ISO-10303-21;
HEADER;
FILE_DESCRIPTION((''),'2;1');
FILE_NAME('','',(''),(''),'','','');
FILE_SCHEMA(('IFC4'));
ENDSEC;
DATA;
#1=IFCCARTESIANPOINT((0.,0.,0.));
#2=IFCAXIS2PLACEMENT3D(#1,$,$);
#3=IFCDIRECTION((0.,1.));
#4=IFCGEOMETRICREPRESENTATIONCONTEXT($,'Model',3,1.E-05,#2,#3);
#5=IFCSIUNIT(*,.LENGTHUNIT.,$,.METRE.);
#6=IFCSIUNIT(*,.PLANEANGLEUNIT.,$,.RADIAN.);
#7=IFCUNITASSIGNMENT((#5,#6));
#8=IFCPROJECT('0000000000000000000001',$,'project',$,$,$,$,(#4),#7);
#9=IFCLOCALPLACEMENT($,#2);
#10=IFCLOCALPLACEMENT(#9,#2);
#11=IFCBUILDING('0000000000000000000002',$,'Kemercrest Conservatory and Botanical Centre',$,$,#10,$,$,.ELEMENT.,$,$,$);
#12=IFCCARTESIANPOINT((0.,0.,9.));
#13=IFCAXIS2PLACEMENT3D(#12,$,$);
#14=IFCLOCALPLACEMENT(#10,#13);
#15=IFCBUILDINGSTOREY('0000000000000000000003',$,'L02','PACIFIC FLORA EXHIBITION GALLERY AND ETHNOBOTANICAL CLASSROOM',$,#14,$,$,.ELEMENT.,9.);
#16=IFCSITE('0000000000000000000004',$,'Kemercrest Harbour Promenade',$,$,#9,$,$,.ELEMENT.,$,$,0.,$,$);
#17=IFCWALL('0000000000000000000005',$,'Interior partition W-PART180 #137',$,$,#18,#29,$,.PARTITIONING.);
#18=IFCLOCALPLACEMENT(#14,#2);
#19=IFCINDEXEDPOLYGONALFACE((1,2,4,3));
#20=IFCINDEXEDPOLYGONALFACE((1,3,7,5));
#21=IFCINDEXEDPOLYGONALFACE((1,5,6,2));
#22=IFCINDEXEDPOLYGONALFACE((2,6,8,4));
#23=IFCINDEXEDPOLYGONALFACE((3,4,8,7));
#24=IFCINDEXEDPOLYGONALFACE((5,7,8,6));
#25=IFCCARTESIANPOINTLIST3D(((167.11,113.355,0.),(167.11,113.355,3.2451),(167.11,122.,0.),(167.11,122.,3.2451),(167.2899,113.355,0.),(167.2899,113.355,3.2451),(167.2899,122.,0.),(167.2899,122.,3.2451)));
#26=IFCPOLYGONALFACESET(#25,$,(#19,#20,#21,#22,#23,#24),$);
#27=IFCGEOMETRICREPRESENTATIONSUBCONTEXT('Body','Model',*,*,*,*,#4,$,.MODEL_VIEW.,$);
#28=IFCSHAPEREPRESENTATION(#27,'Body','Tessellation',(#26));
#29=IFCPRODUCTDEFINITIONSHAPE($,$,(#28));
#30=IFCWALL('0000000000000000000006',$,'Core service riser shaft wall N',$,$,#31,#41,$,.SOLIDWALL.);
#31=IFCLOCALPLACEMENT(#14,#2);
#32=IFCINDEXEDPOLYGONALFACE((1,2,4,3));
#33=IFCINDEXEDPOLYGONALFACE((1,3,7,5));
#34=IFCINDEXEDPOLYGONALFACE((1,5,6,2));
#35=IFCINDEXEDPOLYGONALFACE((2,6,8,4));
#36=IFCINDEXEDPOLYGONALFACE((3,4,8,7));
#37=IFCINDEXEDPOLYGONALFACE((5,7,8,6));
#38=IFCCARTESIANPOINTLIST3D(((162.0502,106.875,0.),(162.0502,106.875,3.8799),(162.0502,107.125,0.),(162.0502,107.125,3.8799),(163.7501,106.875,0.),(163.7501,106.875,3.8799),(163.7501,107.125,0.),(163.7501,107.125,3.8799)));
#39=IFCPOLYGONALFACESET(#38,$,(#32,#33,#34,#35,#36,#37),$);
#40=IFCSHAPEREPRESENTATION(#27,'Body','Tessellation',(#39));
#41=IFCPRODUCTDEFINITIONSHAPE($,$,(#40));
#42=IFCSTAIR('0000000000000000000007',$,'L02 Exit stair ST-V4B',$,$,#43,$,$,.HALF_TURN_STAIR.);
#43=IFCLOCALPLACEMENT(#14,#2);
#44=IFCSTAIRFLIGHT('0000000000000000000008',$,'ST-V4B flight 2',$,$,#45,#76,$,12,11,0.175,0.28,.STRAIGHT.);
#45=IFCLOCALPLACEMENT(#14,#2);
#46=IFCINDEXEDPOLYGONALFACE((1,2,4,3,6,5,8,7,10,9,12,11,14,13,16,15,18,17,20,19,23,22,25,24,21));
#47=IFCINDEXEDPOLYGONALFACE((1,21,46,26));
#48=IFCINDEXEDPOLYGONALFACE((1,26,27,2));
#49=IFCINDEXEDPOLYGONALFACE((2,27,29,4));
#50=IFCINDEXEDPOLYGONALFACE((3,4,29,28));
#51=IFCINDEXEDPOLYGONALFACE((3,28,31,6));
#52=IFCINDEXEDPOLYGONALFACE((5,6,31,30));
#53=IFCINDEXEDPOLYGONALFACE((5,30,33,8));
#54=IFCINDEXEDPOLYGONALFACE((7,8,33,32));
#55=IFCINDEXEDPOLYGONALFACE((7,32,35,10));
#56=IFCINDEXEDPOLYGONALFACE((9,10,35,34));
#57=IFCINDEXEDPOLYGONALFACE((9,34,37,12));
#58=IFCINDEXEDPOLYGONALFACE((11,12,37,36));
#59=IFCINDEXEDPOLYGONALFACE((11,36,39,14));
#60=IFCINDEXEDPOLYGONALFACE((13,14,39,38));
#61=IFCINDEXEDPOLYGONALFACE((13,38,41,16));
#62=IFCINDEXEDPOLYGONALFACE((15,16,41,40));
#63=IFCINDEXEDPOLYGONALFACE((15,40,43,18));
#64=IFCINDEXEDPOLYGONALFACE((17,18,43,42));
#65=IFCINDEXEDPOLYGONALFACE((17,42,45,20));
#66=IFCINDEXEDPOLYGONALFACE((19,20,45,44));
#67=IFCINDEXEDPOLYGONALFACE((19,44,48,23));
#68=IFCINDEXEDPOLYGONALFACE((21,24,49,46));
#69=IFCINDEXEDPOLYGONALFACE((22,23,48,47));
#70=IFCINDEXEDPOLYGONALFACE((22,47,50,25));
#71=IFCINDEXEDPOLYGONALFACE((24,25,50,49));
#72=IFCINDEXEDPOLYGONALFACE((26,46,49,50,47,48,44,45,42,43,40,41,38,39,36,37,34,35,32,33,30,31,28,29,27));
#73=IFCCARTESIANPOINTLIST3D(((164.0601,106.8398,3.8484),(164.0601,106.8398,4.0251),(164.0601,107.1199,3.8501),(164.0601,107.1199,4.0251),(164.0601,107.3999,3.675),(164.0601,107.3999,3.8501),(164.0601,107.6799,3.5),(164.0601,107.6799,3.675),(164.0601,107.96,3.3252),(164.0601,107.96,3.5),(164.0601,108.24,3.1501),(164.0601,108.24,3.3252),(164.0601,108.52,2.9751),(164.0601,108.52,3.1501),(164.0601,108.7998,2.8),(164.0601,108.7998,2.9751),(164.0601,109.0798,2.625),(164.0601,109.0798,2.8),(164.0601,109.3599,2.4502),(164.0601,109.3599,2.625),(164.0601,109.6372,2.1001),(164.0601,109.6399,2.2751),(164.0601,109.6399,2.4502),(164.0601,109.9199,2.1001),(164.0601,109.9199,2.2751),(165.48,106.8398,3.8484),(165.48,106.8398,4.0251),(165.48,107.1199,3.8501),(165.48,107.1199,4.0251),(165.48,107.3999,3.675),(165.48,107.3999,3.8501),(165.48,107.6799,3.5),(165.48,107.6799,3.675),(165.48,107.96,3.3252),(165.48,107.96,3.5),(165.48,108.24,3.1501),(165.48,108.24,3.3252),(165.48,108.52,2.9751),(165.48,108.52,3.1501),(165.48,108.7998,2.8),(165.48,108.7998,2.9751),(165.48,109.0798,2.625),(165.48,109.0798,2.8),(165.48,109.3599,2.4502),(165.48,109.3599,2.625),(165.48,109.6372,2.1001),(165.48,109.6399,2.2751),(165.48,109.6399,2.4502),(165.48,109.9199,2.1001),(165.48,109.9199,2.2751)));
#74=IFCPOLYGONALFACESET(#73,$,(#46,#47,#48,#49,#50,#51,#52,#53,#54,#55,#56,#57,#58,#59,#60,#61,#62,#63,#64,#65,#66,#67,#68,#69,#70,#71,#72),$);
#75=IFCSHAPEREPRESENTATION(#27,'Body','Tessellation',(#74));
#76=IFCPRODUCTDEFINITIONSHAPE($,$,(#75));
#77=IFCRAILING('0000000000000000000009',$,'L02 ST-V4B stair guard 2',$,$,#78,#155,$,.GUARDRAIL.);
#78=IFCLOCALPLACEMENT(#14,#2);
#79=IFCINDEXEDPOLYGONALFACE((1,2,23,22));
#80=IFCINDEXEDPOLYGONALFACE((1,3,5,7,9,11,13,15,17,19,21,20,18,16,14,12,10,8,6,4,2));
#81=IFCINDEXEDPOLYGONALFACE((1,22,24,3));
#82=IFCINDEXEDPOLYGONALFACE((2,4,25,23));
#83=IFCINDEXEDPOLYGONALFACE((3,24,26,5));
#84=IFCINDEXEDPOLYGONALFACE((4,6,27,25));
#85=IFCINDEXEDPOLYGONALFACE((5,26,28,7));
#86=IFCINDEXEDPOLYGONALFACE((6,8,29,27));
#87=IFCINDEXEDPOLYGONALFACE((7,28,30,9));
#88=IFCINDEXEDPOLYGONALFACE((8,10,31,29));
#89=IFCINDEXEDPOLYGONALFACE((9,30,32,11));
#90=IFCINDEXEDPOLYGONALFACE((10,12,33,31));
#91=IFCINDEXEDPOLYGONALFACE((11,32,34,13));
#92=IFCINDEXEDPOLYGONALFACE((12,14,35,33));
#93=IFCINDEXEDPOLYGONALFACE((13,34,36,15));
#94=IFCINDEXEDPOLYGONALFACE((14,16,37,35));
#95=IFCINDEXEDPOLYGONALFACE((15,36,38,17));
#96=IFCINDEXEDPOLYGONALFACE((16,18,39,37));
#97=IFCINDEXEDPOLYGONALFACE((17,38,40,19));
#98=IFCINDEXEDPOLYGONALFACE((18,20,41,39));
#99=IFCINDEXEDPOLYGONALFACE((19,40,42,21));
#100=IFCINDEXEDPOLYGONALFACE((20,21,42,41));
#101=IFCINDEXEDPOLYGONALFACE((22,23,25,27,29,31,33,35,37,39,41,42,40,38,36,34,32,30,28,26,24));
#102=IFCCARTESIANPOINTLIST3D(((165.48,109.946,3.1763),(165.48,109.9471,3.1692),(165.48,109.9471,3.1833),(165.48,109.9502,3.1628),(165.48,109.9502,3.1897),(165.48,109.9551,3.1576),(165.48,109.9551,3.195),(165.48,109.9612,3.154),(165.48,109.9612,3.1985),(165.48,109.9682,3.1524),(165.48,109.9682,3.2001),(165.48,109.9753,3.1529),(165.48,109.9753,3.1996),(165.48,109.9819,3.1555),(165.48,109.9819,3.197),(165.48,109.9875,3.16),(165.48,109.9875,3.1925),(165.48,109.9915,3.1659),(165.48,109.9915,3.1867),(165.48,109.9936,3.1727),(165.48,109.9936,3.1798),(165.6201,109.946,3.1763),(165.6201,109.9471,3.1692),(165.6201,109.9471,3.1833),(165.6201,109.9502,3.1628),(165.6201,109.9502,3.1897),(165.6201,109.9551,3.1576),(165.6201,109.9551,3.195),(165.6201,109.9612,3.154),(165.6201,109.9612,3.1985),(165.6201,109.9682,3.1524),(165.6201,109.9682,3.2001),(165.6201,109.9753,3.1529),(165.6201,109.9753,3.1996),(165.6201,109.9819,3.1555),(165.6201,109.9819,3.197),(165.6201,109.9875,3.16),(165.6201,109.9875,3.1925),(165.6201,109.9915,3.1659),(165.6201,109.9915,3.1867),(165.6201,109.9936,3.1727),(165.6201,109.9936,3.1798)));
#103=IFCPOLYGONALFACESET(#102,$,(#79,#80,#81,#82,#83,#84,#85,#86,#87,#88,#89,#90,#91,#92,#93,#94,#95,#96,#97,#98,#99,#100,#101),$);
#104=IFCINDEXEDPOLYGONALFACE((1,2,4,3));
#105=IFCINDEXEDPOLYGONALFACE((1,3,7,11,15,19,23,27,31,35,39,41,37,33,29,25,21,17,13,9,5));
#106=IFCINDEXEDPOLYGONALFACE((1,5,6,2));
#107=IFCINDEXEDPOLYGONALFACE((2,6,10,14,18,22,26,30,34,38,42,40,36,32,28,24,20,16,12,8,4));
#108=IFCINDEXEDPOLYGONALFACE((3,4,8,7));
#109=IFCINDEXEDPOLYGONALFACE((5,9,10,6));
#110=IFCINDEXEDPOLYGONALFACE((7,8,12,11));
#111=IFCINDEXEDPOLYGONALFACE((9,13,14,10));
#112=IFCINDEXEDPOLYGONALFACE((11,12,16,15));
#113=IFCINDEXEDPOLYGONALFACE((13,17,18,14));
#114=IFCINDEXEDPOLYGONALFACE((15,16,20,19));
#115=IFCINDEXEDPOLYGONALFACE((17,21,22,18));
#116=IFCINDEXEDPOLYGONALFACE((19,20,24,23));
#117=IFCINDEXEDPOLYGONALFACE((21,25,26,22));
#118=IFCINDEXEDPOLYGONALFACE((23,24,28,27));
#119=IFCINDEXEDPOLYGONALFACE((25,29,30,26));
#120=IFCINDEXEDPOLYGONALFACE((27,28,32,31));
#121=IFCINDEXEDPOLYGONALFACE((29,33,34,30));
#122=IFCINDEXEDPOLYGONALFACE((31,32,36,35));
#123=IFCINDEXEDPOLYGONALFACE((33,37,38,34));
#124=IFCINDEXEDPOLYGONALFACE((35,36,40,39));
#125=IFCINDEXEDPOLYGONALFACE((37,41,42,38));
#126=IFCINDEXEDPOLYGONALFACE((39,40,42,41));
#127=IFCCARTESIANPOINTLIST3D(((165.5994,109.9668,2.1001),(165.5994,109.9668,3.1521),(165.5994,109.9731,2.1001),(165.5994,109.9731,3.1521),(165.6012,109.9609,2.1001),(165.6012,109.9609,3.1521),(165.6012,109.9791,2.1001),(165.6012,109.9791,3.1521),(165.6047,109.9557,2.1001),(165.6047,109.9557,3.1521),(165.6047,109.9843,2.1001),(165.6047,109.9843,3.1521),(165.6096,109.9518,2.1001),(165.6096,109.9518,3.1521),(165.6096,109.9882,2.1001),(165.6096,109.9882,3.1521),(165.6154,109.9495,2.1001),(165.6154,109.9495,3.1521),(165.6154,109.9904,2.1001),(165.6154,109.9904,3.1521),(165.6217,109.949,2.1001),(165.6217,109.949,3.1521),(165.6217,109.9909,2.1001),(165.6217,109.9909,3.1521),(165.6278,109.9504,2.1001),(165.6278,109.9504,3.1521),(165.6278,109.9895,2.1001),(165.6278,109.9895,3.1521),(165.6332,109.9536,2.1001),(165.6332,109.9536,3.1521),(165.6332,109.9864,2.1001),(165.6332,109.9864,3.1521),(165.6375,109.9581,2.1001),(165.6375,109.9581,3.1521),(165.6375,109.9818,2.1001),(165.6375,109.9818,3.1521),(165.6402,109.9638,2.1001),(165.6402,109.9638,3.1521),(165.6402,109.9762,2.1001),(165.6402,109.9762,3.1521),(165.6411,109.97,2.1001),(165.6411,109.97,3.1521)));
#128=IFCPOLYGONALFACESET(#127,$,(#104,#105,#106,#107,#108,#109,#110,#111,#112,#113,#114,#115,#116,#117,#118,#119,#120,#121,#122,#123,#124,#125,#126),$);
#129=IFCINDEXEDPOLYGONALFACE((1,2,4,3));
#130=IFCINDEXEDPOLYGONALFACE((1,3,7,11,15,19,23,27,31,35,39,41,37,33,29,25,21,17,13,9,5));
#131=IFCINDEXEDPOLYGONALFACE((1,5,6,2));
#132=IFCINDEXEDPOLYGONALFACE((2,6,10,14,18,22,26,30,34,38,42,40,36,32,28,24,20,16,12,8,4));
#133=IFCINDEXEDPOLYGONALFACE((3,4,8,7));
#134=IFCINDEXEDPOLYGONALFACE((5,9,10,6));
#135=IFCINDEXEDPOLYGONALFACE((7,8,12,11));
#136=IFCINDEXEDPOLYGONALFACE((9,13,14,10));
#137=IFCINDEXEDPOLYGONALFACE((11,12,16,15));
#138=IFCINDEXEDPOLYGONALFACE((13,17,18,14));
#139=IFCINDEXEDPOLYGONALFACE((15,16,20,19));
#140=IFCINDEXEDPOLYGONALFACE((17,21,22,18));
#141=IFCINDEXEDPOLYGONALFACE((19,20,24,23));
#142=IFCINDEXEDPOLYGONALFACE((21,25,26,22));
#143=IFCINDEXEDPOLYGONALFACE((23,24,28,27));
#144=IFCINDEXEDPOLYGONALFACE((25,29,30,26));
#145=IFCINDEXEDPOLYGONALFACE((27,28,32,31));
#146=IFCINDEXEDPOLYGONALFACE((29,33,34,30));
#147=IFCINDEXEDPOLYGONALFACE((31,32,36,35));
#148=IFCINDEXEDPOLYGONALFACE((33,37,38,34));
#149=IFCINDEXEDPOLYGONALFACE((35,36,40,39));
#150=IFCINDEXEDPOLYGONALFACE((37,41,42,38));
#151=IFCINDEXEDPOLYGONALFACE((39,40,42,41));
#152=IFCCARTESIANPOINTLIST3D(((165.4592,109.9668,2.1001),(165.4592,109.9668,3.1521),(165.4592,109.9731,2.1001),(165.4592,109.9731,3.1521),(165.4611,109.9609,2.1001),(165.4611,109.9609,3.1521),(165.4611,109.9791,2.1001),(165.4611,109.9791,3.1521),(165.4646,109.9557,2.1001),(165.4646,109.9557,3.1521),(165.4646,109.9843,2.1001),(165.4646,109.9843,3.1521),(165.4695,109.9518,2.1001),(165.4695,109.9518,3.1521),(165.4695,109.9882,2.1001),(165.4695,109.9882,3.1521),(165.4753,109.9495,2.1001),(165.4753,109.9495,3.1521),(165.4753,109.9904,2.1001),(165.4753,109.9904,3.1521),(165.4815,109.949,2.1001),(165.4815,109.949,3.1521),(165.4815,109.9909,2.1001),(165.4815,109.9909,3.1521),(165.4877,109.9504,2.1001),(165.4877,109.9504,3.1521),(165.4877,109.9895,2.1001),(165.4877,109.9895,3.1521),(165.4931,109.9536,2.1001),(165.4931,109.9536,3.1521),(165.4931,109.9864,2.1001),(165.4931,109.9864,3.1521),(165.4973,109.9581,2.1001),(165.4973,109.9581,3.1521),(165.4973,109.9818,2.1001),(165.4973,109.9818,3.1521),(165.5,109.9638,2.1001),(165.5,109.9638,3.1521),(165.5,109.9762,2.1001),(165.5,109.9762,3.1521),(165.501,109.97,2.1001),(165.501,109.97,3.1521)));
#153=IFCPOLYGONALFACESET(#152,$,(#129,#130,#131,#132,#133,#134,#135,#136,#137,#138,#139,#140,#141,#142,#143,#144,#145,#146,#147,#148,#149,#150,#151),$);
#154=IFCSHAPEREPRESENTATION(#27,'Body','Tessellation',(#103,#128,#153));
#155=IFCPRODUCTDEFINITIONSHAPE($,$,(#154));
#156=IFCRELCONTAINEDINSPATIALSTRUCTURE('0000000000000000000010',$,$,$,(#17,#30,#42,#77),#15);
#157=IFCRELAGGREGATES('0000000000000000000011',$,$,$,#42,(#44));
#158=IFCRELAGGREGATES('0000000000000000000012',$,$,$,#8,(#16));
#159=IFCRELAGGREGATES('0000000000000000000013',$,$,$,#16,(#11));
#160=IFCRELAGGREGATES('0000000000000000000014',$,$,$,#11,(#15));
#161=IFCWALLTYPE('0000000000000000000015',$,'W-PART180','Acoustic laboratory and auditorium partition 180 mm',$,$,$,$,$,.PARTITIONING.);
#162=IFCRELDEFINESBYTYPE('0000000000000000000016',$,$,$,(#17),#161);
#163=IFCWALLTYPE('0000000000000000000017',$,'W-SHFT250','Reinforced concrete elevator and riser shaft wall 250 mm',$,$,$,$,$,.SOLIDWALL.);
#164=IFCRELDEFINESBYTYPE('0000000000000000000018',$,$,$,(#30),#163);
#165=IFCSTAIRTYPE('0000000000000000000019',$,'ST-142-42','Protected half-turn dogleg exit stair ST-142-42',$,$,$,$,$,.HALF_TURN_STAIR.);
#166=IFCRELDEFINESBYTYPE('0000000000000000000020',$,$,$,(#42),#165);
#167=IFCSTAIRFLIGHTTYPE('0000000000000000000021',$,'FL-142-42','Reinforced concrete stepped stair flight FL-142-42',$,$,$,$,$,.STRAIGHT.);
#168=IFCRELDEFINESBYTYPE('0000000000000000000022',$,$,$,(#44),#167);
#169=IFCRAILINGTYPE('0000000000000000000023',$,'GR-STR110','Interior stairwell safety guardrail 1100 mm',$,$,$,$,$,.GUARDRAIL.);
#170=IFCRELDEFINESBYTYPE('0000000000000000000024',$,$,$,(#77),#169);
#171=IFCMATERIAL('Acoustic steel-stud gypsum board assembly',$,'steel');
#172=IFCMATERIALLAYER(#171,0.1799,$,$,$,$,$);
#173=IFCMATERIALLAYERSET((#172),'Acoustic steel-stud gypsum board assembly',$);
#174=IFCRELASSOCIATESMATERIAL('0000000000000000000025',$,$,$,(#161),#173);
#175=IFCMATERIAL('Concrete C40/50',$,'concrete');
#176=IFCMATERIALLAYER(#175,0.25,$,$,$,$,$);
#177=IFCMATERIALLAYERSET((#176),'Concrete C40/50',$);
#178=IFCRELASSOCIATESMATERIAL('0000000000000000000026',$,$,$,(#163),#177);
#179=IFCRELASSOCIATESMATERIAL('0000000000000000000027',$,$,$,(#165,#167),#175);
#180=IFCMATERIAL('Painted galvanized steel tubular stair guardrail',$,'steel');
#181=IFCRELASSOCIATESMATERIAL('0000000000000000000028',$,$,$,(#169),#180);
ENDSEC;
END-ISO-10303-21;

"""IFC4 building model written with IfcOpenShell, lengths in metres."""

from ifc_helpers import new_model, si_unit, direction, frame, frame_2d, origin, origin_2d, place, context, subcontext, project, spatial, polyline, rectangle, circle, outline, extrude, material, layer, layer_set, type_object, element, aggregate, save


model = new_model("IFC4")

# Units and contexts
model_context = context("Model", 3, precision=1e-05, world=origin(), true_north=direction((0.0, 1.0)))
body_context = subcontext(model_context, "Body", "Model", "MODEL_VIEW")
ifc_project = project(units=[si_unit("LENGTHUNIT", "METRE"), si_unit("PLANEANGLEUNIT", "RADIAN")], contexts=[model_context])

# Site, building, storey
site_placement = place(None, origin())
site = spatial("IfcSite", under=ifc_project, at=site_placement, Name="Kemercrest Harbour Promenade", CompositionType="ELEMENT", RefElevation=0.0)
building_placement = place(site_placement, origin())
building = spatial("IfcBuilding", under=site, at=building_placement, Name="Kemercrest Conservatory and Botanical Centre", CompositionType="ELEMENT")
storey_placement = place(building_placement, frame((0.0, 0.0, 9.0)))
storey = spatial("IfcBuildingStorey", under=building, at=storey_placement, Name="L02", Description="PACIFIC FLORA EXHIBITION GALLERY AND ETHNOBOTANICAL CLASSROOM", CompositionType="ELEMENT", Elevation=9.0)

# Shared definitions
ifc_material_1 = material(Name="Concrete C40/50", Category="concrete")

# Walls
ifc_material_2 = material(Name="Acoustic steel-stud gypsum board assembly", Category="steel")
ifc_layer_1 = layer(ifc_material_2, 0.1799)
ifc_layer_set_1 = layer_set([ifc_layer_1], Name="Acoustic steel-stud gypsum board assembly")
wall_type_1 = type_object("IfcWallType", Name="W-PART180", Description="Acoustic laboratory and auditorium partition 180 mm", PredefinedType="PARTITIONING", material=ifc_layer_set_1)
wall_1_placement = place(storey_placement, frame((167.2, 113.355, 0.0), z_axis=(0.0, 0.0, 1.0), x_axis=(0.0, 1.0, 0.0)))
element("IfcWall", 1, at=wall_1_placement, inside=storey, type_object=wall_type_1, Name="Interior partition W-PART180 #137", PredefinedType="PARTITIONING", context=body_context, shape_type="SweptSolid", body=[
    extrude(rectangle(XDim=8.645, YDim=0.1799, at=frame_2d((4.3225, 0.0))), origin(), (0.0, 0.0, 1.0), 3.2451),
])
ifc_layer_2 = layer(ifc_material_1, 0.25)
ifc_layer_set_2 = layer_set([ifc_layer_2], Name="Concrete C40/50")
wall_type_2 = type_object("IfcWallType", Name="W-SHFT250", Description="Reinforced concrete elevator and riser shaft wall 250 mm", PredefinedType="SOLIDWALL", material=ifc_layer_set_2)
wall_2_placement = place(storey_placement, frame((162.05, 107.0, 0.0), z_axis=(0.0, 0.0, 1.0), x_axis=(1.0, 0.0, 0.0)))
element("IfcWall", 2, at=wall_2_placement, inside=storey, type_object=wall_type_2, Name="Core service riser shaft wall N", PredefinedType="SOLIDWALL", context=body_context, shape_type="SweptSolid", body=[
    extrude(rectangle(XDim=1.7, YDim=0.25, at=frame_2d((0.8501, 0.0))), origin(), (0.0, 0.0, 1.0), 3.8799),
])

# Stair, stair flight
stair_type = type_object("IfcStairType", Name="ST-142-42", Description="Protected half-turn dogleg exit stair ST-142-42", PredefinedType="HALF_TURN_STAIR", material=ifc_material_1)
stair_placement = place(storey_placement, origin())
stair = element("IfcStair", 3, at=stair_placement, inside=storey, type_object=stair_type, Name="L02 Exit stair ST-V4B", PredefinedType="HALF_TURN_STAIR")
stair_flight_type = type_object("IfcStairFlightType", Name="FL-142-42", Description="Reinforced concrete stepped stair flight FL-142-42", PredefinedType="STRAIGHT", material=ifc_material_1)
stair_flight_placement = place(storey_placement, frame((164.77, 109.9199, 2.1001), z_axis=(0.0, 0.0, 1.0), x_axis=(0.0, -1.0, 0.0)))
stair_flight = element("IfcStairFlight", 4, at=stair_flight_placement, type_object=stair_flight_type, Name="ST-V4B flight 2", NumberOfRisers=12, NumberOfTreads=11, PredefinedType="STRAIGHT", RiserHeight=0.175, TreadLength=0.28, context=body_context, shape_type="SweptSolid", body=[
    extrude(outline(polyline([(0.0, 0.0), (0.0, 0.175), (0.28, 0.175), (0.28, 0.3501), (0.5601, 0.3501), (0.5601, 0.5249), (0.8401, 0.5249), (0.8401, 0.7), (1.1201, 0.7), (1.1201, 0.875), (1.3999, 0.875), (1.3999, 1.05), (1.6799, 1.05), (1.6799, 1.2251), (1.96, 1.2251), (1.96, 1.3999), (2.24, 1.3999), (2.24, 1.575), (2.52, 1.575), (2.52, 1.75), (2.8, 1.75), (2.8, 1.925), (3.0801, 1.925), (3.0801, 2.1001), (3.0801, 1.7483), (0.2827, 0.0), (0.0, 0.0)])), frame((0.0, 0.71, 0.0), z_axis=(0.0, -1.0, 0.0), x_axis=(1.0, 0.0, 0.0)), (0.0, 0.0, 1.0), 1.4199),
])
aggregate(stair, [stair_flight])

# Railing
ifc_material_3 = material(Name="Painted galvanized steel tubular stair guardrail", Category="steel")
railing_type_1 = type_object("IfcRailingType", Name="GR-STR110", Description="Interior stairwell safety guardrail 1100 mm", PredefinedType="GUARDRAIL", material=ifc_material_3)
railing_1_placement = place(storey_placement, frame((165.6201, 109.97, 2.1001)))
element("IfcRailing", 5, at=railing_1_placement, inside=storey, type_object=railing_type_1, Name="L02 ST-V4B stair guard 2", PredefinedType="GUARDRAIL", context=body_context, shape_type="SweptSolid", body=[
    extrude(circle(Radius=0.0239, at=origin_2d()), frame((0.0, 0.0, 1.0762), z_axis=(-1.0, 0.0, 0.0), x_axis=(0.0, -1.0, 0.0)), (0.0, 0.0, 1.0), 0.1401),
    extrude(circle(Radius=0.021, at=origin_2d()), origin(), (0.0, 0.0, 1.0), 1.052),
    extrude(circle(Radius=0.021, at=origin_2d()), frame((-0.1401, 0.0, 0.0)), (0.0, 0.0, 1.0), 1.052),
])

save(model, "model.ifc")
